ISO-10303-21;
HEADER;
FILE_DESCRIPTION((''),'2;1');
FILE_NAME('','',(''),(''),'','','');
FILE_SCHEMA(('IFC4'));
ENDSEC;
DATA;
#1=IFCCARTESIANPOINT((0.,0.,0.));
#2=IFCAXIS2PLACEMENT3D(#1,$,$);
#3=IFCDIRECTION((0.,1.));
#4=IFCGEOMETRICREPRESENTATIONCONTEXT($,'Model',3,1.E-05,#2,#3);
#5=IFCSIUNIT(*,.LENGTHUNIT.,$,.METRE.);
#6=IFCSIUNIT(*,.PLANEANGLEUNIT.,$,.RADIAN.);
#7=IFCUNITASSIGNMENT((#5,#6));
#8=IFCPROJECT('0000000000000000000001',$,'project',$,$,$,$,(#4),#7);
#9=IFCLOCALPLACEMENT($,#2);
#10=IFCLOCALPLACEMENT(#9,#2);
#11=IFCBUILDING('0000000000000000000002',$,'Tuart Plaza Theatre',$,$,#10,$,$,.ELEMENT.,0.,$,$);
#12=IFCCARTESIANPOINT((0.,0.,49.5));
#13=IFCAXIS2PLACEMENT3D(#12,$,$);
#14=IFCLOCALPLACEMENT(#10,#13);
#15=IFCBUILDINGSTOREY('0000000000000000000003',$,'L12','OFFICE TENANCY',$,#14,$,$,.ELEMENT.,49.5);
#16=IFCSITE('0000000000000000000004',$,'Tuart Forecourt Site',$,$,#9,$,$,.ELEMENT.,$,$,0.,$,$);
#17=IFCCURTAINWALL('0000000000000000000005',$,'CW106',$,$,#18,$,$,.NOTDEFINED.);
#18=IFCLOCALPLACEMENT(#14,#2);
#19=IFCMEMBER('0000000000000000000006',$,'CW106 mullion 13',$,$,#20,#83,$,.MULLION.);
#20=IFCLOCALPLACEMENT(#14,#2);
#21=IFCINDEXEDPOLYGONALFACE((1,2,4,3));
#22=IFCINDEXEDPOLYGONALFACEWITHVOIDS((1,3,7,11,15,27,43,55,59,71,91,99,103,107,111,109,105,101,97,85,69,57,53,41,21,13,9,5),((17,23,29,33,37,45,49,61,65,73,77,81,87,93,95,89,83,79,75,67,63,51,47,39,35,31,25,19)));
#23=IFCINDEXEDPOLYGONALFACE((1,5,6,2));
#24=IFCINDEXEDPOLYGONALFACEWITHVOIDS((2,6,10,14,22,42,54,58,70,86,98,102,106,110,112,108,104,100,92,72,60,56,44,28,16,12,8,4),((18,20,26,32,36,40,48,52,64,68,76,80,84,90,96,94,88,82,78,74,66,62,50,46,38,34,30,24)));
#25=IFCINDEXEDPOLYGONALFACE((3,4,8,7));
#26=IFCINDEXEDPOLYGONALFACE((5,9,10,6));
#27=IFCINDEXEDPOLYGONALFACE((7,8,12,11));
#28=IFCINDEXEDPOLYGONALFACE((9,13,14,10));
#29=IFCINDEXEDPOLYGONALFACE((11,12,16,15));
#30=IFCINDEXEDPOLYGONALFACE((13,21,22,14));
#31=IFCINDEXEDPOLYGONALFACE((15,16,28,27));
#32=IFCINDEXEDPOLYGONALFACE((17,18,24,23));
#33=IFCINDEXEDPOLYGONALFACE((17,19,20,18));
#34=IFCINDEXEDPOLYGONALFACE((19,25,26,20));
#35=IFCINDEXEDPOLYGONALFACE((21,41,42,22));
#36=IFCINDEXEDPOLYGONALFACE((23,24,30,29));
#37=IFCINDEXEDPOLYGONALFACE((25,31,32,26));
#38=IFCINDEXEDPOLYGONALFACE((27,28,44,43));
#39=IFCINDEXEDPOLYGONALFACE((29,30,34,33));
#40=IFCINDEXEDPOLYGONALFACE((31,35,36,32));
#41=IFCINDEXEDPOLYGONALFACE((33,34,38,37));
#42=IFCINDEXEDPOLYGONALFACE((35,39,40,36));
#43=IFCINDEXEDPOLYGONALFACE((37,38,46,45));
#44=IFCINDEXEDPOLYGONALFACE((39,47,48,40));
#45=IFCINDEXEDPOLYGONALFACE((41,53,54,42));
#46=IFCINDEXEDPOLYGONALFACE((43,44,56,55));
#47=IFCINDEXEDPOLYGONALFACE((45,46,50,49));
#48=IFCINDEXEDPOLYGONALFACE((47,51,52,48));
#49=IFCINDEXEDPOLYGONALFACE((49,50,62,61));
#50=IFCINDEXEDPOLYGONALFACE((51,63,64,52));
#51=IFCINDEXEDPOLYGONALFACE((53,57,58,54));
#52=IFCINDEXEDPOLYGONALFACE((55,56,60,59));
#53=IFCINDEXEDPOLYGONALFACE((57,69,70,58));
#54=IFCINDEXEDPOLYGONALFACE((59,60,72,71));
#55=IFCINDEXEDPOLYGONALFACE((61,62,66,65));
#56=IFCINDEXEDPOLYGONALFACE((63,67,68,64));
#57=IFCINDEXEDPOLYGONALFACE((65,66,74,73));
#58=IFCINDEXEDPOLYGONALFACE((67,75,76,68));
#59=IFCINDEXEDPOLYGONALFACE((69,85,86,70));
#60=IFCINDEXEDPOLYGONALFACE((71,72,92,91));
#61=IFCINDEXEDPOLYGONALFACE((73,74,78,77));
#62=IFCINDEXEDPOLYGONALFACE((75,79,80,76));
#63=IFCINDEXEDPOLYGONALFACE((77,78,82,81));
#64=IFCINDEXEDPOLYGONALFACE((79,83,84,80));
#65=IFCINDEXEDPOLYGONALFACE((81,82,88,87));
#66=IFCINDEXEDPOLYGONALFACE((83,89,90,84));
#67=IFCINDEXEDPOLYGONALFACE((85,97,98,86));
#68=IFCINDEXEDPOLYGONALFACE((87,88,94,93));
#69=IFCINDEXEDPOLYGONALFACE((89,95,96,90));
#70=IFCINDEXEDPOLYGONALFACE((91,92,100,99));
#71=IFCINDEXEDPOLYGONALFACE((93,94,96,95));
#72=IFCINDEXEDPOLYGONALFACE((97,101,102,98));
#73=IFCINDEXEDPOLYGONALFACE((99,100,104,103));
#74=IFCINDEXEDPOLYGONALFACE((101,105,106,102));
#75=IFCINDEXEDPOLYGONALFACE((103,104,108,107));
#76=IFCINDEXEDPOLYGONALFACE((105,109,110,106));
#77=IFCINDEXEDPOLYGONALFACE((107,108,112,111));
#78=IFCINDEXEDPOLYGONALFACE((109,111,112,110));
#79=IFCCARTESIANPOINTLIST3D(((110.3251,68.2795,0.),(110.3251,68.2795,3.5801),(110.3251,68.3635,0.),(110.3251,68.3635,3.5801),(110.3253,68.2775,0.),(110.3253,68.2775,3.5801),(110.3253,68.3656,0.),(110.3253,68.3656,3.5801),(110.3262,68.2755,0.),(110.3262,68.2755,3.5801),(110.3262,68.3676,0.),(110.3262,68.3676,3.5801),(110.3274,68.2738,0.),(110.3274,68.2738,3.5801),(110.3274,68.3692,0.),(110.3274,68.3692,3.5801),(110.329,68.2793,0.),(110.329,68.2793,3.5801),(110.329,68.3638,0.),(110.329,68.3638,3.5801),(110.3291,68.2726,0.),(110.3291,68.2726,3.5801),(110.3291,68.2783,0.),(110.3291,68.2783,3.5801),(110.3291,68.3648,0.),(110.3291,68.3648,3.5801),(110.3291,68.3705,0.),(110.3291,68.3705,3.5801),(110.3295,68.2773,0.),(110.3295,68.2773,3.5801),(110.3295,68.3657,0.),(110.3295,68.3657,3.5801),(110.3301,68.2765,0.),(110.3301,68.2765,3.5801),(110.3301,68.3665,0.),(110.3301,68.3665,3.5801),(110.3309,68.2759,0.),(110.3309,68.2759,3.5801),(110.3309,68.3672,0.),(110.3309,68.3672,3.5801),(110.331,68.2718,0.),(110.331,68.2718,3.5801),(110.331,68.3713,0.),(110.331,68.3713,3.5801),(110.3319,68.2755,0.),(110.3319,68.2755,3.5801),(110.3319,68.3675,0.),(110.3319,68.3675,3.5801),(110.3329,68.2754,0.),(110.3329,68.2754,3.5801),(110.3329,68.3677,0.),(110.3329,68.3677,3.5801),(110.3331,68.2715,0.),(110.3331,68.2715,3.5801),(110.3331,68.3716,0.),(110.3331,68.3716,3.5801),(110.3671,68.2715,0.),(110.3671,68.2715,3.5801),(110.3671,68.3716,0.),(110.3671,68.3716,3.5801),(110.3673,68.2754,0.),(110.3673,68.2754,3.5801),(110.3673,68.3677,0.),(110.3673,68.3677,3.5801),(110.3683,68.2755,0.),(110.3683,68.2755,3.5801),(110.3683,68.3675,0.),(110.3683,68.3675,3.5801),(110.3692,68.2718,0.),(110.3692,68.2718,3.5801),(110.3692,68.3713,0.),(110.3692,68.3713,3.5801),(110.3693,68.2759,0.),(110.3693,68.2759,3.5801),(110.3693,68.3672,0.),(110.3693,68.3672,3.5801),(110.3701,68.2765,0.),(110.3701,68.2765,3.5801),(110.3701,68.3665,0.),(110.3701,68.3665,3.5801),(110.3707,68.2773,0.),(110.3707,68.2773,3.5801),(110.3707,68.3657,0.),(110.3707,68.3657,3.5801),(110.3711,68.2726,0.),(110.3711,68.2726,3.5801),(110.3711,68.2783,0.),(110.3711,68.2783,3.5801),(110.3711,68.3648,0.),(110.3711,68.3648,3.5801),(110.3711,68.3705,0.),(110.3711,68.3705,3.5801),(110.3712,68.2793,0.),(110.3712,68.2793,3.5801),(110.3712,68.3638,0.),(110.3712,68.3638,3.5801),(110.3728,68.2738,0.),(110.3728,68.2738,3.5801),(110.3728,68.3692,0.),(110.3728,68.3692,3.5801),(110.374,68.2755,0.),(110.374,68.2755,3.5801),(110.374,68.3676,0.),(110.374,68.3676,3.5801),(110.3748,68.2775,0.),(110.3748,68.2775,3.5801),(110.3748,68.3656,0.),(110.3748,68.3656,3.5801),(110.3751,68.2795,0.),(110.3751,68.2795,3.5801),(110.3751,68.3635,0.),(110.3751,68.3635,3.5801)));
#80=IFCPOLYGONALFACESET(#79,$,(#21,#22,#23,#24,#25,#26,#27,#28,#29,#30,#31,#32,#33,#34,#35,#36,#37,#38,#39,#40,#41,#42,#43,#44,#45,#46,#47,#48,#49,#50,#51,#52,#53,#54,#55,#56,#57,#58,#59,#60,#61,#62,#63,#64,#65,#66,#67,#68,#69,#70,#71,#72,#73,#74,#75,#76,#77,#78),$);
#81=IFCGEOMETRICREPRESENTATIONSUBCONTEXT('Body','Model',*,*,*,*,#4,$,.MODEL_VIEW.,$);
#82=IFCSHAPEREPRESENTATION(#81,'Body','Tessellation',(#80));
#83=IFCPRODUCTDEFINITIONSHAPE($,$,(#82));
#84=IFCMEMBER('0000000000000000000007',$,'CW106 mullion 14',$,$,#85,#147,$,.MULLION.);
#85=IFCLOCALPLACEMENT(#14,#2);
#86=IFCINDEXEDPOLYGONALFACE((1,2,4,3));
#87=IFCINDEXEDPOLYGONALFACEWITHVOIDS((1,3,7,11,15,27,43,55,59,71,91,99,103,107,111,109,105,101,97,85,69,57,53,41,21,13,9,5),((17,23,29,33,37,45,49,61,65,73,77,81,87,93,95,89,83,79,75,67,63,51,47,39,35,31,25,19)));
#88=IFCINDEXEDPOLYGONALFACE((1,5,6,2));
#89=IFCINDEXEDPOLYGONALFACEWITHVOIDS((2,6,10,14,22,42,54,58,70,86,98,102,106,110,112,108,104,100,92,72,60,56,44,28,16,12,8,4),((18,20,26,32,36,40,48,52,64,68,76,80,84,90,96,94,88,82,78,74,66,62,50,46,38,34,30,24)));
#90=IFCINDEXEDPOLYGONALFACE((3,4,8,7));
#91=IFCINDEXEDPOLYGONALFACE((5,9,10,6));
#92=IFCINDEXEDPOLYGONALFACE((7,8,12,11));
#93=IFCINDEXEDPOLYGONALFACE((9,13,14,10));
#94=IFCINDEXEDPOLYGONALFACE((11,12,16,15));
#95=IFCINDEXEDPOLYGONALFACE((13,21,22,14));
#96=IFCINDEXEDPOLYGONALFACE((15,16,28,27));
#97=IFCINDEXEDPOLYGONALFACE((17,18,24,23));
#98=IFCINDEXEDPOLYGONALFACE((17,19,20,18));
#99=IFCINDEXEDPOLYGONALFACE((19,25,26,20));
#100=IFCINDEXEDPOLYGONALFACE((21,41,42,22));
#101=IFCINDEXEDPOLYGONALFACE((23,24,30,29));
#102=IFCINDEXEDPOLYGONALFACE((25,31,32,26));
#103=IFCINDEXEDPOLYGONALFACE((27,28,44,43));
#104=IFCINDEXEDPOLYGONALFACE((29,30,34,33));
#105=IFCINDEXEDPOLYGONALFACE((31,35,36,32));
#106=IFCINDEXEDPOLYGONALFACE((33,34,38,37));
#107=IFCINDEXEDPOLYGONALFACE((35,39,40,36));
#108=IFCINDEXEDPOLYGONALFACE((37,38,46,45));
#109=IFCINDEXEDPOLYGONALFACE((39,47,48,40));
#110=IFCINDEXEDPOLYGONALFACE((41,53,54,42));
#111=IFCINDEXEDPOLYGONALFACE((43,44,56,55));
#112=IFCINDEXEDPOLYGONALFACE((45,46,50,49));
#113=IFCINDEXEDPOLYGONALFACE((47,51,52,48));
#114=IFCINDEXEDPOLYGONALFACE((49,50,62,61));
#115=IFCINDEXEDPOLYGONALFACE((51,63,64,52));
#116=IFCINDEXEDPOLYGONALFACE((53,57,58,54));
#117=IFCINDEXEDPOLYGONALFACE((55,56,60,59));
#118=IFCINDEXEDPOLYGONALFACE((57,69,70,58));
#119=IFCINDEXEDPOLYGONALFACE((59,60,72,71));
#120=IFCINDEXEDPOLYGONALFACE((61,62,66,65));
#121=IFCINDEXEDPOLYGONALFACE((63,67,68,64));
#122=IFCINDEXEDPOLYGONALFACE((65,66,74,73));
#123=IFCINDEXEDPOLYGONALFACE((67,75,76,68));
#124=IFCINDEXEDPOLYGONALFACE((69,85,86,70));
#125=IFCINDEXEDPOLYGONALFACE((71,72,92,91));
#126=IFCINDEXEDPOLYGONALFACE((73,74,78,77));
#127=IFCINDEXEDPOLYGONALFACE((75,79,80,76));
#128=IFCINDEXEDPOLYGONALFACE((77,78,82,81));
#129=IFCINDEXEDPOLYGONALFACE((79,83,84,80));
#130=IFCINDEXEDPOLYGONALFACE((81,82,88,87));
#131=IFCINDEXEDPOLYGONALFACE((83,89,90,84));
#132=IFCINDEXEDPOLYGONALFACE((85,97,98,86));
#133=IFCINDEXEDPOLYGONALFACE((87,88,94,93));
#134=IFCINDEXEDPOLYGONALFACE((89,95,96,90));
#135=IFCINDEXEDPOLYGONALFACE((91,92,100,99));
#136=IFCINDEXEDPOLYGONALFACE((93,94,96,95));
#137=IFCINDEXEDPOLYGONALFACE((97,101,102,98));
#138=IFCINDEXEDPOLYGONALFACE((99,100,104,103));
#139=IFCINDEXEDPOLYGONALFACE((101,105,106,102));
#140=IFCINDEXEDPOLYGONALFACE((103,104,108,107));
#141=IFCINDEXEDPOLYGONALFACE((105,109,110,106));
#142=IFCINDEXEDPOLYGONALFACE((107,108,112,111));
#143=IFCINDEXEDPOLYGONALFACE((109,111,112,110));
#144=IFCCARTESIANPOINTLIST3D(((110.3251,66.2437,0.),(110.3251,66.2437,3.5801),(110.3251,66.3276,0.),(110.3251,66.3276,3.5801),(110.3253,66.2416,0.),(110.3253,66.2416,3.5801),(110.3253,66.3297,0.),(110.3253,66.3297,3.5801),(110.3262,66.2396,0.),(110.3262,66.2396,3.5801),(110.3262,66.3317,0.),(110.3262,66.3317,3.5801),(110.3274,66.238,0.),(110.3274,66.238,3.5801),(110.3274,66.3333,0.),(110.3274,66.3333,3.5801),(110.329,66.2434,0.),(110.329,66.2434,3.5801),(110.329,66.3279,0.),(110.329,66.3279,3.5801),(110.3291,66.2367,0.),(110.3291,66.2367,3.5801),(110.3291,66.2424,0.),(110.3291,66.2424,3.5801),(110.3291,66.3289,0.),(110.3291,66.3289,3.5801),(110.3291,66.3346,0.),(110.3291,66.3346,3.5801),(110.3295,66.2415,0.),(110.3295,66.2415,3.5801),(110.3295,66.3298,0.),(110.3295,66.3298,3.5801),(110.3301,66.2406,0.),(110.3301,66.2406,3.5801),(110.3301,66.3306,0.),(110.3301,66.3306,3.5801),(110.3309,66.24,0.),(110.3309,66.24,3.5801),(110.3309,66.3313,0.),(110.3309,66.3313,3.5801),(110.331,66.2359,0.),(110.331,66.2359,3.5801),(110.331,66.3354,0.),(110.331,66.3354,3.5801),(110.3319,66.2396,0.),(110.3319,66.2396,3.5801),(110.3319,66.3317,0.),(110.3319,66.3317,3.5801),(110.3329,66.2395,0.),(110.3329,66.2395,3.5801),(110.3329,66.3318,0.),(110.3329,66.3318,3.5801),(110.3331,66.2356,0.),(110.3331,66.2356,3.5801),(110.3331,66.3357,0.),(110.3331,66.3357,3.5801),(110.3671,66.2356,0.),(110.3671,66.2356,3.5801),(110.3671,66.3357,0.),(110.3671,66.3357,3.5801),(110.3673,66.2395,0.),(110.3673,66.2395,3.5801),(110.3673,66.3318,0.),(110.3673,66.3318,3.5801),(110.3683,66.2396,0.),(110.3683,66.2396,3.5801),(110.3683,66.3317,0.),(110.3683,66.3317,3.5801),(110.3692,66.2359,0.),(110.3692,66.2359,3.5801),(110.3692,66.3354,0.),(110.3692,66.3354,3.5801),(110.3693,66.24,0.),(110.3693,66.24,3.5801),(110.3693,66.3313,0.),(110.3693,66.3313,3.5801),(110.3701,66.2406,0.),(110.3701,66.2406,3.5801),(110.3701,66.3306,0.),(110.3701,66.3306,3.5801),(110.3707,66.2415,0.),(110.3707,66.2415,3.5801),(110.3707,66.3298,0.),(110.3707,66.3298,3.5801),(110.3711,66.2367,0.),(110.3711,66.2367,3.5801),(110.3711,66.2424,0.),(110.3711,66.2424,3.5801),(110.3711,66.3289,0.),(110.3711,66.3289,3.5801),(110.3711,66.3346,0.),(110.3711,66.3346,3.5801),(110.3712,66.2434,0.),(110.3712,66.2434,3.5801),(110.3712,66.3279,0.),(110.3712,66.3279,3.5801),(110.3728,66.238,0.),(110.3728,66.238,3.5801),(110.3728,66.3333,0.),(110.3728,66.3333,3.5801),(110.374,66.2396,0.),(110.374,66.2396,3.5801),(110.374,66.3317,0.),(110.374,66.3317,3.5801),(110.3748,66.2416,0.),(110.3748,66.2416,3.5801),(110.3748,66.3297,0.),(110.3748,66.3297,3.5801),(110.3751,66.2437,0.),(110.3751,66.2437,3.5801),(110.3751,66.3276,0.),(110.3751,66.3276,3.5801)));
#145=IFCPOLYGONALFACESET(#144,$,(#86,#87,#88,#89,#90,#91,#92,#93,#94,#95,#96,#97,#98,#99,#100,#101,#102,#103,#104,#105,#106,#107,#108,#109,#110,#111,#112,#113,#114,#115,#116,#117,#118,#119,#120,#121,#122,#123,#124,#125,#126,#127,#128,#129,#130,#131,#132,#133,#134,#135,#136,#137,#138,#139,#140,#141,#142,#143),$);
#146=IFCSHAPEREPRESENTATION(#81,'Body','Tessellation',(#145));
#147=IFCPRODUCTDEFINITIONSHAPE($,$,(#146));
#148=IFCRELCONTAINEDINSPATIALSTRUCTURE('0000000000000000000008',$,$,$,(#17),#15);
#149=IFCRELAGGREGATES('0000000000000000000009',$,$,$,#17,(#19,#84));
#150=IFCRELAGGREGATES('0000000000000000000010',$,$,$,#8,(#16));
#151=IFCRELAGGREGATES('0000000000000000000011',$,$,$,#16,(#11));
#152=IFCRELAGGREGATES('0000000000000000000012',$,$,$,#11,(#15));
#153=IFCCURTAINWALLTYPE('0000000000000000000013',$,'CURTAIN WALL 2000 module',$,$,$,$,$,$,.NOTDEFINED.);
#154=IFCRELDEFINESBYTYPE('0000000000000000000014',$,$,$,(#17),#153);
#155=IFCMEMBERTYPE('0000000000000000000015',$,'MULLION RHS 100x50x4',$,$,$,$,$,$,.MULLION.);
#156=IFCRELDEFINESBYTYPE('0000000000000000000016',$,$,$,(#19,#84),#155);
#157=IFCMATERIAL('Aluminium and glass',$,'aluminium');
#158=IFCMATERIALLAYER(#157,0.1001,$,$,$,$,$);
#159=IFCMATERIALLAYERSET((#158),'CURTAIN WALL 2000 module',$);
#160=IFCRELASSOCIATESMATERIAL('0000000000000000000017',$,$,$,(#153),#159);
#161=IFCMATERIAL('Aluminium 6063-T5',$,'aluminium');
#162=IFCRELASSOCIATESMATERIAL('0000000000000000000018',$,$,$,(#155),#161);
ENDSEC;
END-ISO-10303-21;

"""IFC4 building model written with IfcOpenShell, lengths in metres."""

from ifc_helpers import new_model, si_unit, direction, frame, origin, origin_2d, place, context, subcontext, project, spatial, hollow_rectangle, extrude, material, layer, layer_set, material_profile, profile_set, type_object, element, aggregate, save


model = new_model("IFC4")

# Units and contexts
model_context = context("Model", 3, precision=1e-05, world=origin(), true_north=direction((0.0, 1.0)))
body_context = subcontext(model_context, "Body", "Model", "MODEL_VIEW")
ifc_project = project(units=[si_unit("LENGTHUNIT", "METRE"), si_unit("PLANEANGLEUNIT", "RADIAN")], contexts=[model_context])

# Site, building, storey
site_placement = place(None, origin())
site = spatial("IfcSite", under=ifc_project, at=site_placement, Name="Tuart Forecourt Site", CompositionType="ELEMENT", RefElevation=0.0)
building_placement = place(site_placement, origin())
building = spatial("IfcBuilding", under=site, at=building_placement, Name="Tuart Plaza Theatre", CompositionType="ELEMENT", ElevationOfRefHeight=0.0)
storey_placement = place(building_placement, frame((0.0, 0.0, 49.5)))
storey = spatial("IfcBuildingStorey", under=building, at=storey_placement, Name="L12", Description="OFFICE TENANCY", CompositionType="ELEMENT", Elevation=49.5)

# Curtain wall, members
ifc_material_1 = material(Name="Aluminium and glass", Category="aluminium")
ifc_layer_1 = layer(ifc_material_1, 0.1001)
ifc_layer_set_1 = layer_set([ifc_layer_1], Name="CURTAIN WALL 2000 module")
curtain_wall_type = type_object("IfcCurtainWallType", Name="CURTAIN WALL 2000 module", PredefinedType="NOTDEFINED", material=ifc_layer_set_1)
curtain_wall_placement = place(storey_placement, origin())
curtain_wall = element("IfcCurtainWall", 1, at=curtain_wall_placement, inside=storey, type_object=curtain_wall_type, Name="CW106", PredefinedType="NOTDEFINED")
ifc_material_2 = material(Name="Aluminium 6063-T5", Category="aluminium")
ifc_material_profile_1 = material_profile(ifc_material_2, hollow_rectangle(XDim=0.05, YDim=0.1001, WallThickness=0.0039, InnerFilletRadius=0.0039, OuterFilletRadius=0.0081, at=origin_2d()), Name="RHS 100x50x4")
ifc_profile_set_1 = profile_set([ifc_material_profile_1], Name="Aluminium 6063-T5")
member_type_1 = type_object("IfcMemberType", Name="MULLION RHS 100x50x4", PredefinedType="MULLION", material=ifc_profile_set_1)
member_1_placement = place(storey_placement, frame((110.3501, 68.3215, 0.0), z_axis=(0.0, 0.0, 1.0), x_axis=(1.0, 0.0, 0.0)))
member_1 = element("IfcMember", 2, at=member_1_placement, type_object=member_type_1, Name="CW106 mullion 13", PredefinedType="MULLION", context=body_context, shape_type="SweptSolid", body=[
    extrude(hollow_rectangle(XDim=0.05, YDim=0.1001, WallThickness=0.0039, InnerFilletRadius=0.0039, OuterFilletRadius=0.0081, at=origin_2d()), origin(), (0.0, 0.0, 1.0), 3.5801),
])
member_2_placement = place(storey_placement, frame((110.3501, 66.2856, 0.0), z_axis=(0.0, 0.0, 1.0), x_axis=(1.0, 0.0, 0.0)))
member_2 = element("IfcMember", 3, at=member_2_placement, type_object=member_type_1, Name="CW106 mullion 14", PredefinedType="MULLION", context=body_context, shape_type="SweptSolid", body=[
    extrude(hollow_rectangle(XDim=0.05, YDim=0.1001, WallThickness=0.0039, InnerFilletRadius=0.0039, OuterFilletRadius=0.0081, at=origin_2d()), origin(), (0.0, 0.0, 1.0), 3.5801),
])
aggregate(curtain_wall, [member_1, member_2])

save(model, "model.ifc")
